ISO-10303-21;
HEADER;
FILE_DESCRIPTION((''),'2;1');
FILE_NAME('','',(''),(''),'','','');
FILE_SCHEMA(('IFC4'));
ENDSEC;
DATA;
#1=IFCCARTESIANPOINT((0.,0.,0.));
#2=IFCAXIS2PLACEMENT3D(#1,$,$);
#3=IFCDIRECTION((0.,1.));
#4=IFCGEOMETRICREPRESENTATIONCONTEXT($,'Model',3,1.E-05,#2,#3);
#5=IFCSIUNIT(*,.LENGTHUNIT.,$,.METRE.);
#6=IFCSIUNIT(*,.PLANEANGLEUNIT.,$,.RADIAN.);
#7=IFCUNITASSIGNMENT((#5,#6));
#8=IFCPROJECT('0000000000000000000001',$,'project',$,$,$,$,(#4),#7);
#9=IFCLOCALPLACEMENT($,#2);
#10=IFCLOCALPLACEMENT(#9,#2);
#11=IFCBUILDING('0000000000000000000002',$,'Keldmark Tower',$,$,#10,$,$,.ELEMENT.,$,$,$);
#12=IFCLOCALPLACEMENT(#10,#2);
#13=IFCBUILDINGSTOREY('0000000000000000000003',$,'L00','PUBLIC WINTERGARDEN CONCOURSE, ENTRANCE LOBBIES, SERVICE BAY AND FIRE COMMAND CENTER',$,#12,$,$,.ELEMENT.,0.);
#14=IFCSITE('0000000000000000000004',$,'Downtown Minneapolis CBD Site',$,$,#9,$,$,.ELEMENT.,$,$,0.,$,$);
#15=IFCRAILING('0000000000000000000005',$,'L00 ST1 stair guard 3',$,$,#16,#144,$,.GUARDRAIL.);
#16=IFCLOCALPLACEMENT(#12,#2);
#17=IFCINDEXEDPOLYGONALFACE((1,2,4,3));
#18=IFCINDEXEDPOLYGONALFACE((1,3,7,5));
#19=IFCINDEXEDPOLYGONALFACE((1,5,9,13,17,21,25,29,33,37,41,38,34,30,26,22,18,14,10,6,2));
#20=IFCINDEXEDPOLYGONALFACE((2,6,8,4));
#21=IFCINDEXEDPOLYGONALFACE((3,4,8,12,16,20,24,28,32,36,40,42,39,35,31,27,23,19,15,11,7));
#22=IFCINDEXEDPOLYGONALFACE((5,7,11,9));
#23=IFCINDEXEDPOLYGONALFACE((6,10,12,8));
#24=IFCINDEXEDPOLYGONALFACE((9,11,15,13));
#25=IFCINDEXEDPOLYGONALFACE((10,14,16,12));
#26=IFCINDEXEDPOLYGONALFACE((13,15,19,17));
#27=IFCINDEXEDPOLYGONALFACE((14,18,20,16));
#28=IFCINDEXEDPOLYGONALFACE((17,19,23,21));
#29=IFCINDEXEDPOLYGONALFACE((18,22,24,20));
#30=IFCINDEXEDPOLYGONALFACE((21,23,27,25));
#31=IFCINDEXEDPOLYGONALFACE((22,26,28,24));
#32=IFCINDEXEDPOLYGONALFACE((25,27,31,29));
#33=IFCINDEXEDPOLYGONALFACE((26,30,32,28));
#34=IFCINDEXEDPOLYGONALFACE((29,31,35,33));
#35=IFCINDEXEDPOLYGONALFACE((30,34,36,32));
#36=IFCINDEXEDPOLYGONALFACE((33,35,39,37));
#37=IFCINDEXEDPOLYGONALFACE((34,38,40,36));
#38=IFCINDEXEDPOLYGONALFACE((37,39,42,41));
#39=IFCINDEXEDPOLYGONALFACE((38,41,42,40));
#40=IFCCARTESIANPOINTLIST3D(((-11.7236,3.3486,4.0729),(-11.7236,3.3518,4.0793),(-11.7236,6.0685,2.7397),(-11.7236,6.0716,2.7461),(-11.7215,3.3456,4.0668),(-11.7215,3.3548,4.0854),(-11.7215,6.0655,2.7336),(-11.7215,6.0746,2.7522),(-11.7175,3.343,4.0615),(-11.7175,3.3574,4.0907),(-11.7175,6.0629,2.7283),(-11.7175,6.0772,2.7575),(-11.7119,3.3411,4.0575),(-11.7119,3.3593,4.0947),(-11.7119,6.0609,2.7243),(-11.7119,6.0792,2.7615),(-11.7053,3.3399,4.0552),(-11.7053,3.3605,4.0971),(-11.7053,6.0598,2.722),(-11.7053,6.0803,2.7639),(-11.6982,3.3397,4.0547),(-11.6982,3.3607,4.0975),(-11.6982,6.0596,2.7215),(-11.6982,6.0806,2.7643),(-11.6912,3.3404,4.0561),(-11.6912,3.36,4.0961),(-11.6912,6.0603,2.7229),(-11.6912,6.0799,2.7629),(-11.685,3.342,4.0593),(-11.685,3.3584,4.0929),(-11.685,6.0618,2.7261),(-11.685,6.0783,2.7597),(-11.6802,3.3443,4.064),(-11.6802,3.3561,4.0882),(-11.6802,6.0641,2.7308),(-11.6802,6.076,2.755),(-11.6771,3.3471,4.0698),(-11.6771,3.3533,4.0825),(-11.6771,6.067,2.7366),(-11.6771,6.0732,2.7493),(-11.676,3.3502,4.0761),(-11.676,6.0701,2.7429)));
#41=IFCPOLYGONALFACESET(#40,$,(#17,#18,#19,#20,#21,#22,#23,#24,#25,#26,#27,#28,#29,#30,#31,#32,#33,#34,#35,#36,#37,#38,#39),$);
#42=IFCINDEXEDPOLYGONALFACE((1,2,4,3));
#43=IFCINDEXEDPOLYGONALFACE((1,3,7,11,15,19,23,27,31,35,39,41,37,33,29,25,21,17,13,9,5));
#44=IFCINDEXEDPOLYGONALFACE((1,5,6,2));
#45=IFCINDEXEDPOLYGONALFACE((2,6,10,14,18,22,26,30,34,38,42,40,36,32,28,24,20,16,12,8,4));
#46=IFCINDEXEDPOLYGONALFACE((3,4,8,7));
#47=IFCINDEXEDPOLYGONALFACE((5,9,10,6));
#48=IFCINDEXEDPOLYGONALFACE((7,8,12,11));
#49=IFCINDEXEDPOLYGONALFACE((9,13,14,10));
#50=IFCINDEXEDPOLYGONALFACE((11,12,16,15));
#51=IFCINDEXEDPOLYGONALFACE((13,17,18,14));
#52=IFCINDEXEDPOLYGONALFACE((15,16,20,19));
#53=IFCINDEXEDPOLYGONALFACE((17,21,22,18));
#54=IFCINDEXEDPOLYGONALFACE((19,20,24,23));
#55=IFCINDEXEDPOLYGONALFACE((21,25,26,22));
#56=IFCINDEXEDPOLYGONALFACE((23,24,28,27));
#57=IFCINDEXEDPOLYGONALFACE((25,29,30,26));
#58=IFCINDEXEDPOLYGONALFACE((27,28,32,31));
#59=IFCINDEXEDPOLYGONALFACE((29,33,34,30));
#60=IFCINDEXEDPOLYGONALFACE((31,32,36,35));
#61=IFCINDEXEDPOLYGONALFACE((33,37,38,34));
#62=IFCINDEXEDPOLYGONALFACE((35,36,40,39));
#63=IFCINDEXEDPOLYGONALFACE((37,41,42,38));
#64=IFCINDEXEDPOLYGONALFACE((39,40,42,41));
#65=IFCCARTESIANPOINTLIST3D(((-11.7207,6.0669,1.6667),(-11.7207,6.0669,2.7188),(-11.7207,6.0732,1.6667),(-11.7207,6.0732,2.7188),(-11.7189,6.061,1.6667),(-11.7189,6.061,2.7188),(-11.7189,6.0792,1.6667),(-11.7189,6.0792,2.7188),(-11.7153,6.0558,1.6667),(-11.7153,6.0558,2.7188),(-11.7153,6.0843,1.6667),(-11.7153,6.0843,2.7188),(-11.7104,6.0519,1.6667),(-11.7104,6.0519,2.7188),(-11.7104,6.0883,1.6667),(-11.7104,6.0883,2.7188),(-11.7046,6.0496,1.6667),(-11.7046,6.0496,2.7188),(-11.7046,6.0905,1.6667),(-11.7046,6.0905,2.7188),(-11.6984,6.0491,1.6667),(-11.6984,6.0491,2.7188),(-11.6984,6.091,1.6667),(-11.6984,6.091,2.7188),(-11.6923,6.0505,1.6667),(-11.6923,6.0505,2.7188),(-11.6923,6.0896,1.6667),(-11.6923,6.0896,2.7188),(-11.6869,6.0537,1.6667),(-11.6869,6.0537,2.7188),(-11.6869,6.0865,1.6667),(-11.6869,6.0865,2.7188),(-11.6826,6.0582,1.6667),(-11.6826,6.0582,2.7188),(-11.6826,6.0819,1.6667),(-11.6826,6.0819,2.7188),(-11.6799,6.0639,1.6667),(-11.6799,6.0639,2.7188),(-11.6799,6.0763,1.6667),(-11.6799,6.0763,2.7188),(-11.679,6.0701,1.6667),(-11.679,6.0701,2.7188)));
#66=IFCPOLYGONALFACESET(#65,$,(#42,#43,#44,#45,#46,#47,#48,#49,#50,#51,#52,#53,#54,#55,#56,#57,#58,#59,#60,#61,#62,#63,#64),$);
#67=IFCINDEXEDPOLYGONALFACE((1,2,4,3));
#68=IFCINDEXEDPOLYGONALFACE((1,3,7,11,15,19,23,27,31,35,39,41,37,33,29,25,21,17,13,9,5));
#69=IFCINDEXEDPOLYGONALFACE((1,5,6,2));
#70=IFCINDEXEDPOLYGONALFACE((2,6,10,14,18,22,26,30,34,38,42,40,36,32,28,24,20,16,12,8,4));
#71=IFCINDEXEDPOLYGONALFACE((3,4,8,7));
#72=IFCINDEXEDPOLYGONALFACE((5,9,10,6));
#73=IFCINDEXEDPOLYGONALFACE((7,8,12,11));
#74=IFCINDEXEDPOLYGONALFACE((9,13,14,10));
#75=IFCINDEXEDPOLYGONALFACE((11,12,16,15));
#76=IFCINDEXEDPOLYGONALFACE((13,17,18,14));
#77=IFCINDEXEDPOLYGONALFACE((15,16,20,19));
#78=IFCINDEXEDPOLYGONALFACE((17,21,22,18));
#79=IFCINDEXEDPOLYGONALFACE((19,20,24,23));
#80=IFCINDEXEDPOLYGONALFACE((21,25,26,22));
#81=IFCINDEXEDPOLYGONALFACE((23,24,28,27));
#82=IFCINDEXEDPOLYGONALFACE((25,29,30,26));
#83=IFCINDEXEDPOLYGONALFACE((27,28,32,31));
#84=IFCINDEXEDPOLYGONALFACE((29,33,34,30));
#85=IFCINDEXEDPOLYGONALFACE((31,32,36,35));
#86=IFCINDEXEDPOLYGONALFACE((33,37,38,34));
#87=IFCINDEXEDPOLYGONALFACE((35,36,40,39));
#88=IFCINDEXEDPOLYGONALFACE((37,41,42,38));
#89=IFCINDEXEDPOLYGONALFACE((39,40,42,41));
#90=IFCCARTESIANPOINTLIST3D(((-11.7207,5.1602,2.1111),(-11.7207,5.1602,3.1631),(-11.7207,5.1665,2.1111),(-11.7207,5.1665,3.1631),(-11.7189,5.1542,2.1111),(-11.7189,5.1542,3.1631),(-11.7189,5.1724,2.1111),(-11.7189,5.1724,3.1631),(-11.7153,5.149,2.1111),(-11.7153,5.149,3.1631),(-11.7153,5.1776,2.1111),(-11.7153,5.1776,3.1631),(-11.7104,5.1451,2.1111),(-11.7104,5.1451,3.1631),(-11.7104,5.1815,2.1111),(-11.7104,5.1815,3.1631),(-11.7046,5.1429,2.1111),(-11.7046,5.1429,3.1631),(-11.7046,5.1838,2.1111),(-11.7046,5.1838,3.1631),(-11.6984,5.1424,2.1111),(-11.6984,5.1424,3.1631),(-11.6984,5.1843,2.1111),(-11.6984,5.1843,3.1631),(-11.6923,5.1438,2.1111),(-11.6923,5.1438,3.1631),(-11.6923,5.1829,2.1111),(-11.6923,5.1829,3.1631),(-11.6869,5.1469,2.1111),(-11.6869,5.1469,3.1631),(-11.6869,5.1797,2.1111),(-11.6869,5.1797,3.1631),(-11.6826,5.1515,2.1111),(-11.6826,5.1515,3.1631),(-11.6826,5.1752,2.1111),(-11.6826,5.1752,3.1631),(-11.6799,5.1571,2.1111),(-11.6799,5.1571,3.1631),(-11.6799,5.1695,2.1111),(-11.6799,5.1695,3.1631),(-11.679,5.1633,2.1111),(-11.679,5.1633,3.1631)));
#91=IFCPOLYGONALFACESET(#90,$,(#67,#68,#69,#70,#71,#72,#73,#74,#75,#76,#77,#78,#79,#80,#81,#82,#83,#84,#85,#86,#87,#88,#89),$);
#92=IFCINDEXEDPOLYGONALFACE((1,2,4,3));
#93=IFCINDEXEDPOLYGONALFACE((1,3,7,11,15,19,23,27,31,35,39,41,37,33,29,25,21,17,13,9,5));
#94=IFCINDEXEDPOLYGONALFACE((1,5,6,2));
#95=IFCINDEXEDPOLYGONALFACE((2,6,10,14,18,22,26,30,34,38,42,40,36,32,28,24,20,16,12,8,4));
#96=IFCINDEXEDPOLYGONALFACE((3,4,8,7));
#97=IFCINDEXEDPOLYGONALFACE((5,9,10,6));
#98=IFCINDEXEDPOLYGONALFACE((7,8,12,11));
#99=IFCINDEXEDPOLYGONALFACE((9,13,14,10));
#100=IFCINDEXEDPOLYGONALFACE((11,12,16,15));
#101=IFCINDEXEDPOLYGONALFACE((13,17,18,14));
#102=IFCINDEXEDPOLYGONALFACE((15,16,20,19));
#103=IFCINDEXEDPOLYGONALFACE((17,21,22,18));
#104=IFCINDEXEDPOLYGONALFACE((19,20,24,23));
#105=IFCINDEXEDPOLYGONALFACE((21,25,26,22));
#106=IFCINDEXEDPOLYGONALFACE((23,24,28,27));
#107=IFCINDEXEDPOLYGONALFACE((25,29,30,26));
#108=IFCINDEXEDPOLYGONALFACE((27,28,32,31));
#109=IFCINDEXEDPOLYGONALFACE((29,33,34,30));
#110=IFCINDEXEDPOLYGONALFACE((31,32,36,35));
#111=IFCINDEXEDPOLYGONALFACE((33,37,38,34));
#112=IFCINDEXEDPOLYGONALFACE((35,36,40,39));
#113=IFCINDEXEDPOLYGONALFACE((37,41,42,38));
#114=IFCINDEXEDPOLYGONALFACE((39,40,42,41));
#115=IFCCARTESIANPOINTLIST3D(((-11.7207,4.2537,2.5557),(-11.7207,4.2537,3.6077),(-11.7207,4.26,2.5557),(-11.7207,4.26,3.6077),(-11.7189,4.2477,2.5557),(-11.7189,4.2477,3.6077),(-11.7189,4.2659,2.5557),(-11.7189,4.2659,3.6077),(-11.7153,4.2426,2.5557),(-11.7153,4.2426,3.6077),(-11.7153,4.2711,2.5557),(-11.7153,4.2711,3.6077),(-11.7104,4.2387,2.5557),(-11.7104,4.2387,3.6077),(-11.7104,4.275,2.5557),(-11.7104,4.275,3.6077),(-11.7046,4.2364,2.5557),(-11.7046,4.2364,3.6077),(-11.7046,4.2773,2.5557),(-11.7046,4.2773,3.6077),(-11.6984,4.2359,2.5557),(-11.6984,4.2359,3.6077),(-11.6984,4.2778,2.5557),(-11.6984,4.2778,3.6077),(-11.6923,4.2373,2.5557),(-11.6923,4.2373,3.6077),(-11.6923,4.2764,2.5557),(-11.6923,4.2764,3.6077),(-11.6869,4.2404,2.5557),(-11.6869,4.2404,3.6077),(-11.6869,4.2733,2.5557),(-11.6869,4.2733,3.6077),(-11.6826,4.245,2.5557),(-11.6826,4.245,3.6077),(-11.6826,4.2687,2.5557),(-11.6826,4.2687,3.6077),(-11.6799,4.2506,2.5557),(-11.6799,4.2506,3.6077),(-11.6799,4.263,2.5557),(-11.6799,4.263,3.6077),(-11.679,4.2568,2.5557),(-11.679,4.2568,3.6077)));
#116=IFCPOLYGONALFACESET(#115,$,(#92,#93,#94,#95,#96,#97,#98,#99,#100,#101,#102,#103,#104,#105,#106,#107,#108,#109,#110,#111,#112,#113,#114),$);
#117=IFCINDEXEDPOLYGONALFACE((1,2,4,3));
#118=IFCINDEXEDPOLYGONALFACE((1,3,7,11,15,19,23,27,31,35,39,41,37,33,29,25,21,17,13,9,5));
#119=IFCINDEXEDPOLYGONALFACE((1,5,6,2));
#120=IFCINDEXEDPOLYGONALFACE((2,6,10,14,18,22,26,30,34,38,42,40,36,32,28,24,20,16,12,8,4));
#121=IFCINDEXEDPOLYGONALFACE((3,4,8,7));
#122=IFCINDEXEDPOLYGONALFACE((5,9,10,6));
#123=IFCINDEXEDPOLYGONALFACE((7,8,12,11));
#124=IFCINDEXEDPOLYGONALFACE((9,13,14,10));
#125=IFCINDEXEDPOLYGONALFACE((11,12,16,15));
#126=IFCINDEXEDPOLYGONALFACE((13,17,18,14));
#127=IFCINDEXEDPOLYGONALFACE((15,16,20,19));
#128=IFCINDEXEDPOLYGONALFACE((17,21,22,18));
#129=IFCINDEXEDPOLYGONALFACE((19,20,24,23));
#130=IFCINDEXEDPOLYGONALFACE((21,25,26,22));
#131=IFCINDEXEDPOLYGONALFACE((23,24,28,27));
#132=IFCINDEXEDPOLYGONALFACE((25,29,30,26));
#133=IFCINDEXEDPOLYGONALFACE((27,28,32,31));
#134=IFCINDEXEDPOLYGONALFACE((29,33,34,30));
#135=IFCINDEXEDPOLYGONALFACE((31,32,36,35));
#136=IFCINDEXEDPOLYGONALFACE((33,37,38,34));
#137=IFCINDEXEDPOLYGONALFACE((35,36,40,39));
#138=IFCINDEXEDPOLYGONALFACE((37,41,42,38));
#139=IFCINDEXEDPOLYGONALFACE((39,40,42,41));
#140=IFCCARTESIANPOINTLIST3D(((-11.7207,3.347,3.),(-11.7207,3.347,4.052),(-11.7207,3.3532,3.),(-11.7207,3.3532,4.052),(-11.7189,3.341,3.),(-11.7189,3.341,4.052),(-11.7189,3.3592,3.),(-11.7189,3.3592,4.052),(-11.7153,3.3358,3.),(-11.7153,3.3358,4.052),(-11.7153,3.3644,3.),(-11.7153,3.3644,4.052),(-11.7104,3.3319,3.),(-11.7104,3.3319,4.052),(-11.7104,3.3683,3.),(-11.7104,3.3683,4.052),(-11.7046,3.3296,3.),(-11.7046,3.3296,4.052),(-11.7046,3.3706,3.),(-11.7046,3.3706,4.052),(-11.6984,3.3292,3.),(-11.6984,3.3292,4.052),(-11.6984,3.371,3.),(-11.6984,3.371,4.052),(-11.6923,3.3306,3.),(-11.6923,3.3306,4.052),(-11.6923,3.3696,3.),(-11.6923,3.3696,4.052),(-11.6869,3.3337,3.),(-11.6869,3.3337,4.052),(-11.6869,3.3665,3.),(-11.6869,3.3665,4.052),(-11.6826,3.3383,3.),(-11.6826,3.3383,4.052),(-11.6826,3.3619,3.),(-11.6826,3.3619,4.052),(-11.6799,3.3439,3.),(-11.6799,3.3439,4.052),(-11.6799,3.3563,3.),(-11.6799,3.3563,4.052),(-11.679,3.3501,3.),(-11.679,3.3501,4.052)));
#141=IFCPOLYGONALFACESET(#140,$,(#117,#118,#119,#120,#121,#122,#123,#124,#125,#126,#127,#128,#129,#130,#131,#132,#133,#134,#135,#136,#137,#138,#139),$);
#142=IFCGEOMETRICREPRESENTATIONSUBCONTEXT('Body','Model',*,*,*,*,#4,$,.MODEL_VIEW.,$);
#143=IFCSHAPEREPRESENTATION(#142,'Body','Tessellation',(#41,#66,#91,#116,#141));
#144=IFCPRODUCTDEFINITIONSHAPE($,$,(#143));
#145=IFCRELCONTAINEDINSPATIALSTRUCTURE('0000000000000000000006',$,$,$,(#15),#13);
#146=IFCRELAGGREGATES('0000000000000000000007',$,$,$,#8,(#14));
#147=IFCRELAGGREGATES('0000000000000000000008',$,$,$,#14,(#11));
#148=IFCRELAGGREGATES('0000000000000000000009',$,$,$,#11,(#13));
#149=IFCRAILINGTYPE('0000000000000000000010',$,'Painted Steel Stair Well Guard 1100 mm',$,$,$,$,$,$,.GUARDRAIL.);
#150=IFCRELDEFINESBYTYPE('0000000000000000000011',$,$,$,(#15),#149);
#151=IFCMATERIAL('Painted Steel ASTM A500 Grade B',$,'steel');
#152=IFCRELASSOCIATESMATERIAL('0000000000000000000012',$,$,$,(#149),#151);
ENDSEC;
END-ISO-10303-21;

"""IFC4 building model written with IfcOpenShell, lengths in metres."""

from ifc_helpers import new_model, si_unit, direction, frame, origin, origin_2d, place, context, subcontext, project, spatial, circle, extrude, material, type_object, element, save


model = new_model("IFC4")

# Units and contexts
model_context = context("Model", 3, precision=1e-05, world=origin(), true_north=direction((0.0, 1.0)))
body_context = subcontext(model_context, "Body", "Model", "MODEL_VIEW")
ifc_project = project(units=[si_unit("LENGTHUNIT", "METRE"), si_unit("PLANEANGLEUNIT", "RADIAN")], contexts=[model_context])

# Site, building, storey
site_placement = place(None, origin())
site = spatial("IfcSite", under=ifc_project, at=site_placement, Name="Downtown Minneapolis CBD Site", CompositionType="ELEMENT", RefElevation=0.0)
building_placement = place(site_placement, origin())
building = spatial("IfcBuilding", under=site, at=building_placement, Name="Keldmark Tower", CompositionType="ELEMENT")
storey_placement = place(building_placement, origin())
storey = spatial("IfcBuildingStorey", under=building, at=storey_placement, Name="L00", Description="PUBLIC WINTERGARDEN CONCOURSE, ENTRANCE LOBBIES, SERVICE BAY AND FIRE COMMAND CENTER", CompositionType="ELEMENT", Elevation=0.0)

# Railing
ifc_material_1 = material(Name="Painted Steel ASTM A500 Grade B", Category="steel")
railing_type = type_object("IfcRailingType", Name="Painted Steel Stair Well Guard 1100 mm", PredefinedType="GUARDRAIL", material=ifc_material_1)
railing_1_placement = place(storey_placement, frame((-11.7, 6.0701, 1.6667)))
element("IfcRailing", 1, at=railing_1_placement, inside=storey, type_object=railing_type, Name="L00 ST1 stair guard 3", PredefinedType="GUARDRAIL", context=body_context, shape_type="SweptSolid", body=[
    extrude(circle(Radius=0.0239, at=origin_2d()), frame((0.0, 0.0, 1.0762), z_axis=(0.0, -0.897929, 0.440139), x_axis=(1.0, 0.0, 0.0)), (0.0, 0.0, 1.0), 3.0291),
    extrude(circle(Radius=0.021, at=origin_2d()), origin(), (0.0, 0.0, 1.0), 1.052),
    extrude(circle(Radius=0.021, at=origin_2d()), frame((0.0, -0.9067, 0.4443)), (0.0, 0.0, 1.0), 1.052),
    extrude(circle(Radius=0.021, at=origin_2d()), frame((0.0, -1.8132, 0.8889)), (0.0, 0.0, 1.0), 1.052),
    extrude(circle(Radius=0.021, at=origin_2d()), frame((0.0, -2.72, 1.3333)), (0.0, 0.0, 1.0), 1.052),
])

save(model, "model.ifc")
